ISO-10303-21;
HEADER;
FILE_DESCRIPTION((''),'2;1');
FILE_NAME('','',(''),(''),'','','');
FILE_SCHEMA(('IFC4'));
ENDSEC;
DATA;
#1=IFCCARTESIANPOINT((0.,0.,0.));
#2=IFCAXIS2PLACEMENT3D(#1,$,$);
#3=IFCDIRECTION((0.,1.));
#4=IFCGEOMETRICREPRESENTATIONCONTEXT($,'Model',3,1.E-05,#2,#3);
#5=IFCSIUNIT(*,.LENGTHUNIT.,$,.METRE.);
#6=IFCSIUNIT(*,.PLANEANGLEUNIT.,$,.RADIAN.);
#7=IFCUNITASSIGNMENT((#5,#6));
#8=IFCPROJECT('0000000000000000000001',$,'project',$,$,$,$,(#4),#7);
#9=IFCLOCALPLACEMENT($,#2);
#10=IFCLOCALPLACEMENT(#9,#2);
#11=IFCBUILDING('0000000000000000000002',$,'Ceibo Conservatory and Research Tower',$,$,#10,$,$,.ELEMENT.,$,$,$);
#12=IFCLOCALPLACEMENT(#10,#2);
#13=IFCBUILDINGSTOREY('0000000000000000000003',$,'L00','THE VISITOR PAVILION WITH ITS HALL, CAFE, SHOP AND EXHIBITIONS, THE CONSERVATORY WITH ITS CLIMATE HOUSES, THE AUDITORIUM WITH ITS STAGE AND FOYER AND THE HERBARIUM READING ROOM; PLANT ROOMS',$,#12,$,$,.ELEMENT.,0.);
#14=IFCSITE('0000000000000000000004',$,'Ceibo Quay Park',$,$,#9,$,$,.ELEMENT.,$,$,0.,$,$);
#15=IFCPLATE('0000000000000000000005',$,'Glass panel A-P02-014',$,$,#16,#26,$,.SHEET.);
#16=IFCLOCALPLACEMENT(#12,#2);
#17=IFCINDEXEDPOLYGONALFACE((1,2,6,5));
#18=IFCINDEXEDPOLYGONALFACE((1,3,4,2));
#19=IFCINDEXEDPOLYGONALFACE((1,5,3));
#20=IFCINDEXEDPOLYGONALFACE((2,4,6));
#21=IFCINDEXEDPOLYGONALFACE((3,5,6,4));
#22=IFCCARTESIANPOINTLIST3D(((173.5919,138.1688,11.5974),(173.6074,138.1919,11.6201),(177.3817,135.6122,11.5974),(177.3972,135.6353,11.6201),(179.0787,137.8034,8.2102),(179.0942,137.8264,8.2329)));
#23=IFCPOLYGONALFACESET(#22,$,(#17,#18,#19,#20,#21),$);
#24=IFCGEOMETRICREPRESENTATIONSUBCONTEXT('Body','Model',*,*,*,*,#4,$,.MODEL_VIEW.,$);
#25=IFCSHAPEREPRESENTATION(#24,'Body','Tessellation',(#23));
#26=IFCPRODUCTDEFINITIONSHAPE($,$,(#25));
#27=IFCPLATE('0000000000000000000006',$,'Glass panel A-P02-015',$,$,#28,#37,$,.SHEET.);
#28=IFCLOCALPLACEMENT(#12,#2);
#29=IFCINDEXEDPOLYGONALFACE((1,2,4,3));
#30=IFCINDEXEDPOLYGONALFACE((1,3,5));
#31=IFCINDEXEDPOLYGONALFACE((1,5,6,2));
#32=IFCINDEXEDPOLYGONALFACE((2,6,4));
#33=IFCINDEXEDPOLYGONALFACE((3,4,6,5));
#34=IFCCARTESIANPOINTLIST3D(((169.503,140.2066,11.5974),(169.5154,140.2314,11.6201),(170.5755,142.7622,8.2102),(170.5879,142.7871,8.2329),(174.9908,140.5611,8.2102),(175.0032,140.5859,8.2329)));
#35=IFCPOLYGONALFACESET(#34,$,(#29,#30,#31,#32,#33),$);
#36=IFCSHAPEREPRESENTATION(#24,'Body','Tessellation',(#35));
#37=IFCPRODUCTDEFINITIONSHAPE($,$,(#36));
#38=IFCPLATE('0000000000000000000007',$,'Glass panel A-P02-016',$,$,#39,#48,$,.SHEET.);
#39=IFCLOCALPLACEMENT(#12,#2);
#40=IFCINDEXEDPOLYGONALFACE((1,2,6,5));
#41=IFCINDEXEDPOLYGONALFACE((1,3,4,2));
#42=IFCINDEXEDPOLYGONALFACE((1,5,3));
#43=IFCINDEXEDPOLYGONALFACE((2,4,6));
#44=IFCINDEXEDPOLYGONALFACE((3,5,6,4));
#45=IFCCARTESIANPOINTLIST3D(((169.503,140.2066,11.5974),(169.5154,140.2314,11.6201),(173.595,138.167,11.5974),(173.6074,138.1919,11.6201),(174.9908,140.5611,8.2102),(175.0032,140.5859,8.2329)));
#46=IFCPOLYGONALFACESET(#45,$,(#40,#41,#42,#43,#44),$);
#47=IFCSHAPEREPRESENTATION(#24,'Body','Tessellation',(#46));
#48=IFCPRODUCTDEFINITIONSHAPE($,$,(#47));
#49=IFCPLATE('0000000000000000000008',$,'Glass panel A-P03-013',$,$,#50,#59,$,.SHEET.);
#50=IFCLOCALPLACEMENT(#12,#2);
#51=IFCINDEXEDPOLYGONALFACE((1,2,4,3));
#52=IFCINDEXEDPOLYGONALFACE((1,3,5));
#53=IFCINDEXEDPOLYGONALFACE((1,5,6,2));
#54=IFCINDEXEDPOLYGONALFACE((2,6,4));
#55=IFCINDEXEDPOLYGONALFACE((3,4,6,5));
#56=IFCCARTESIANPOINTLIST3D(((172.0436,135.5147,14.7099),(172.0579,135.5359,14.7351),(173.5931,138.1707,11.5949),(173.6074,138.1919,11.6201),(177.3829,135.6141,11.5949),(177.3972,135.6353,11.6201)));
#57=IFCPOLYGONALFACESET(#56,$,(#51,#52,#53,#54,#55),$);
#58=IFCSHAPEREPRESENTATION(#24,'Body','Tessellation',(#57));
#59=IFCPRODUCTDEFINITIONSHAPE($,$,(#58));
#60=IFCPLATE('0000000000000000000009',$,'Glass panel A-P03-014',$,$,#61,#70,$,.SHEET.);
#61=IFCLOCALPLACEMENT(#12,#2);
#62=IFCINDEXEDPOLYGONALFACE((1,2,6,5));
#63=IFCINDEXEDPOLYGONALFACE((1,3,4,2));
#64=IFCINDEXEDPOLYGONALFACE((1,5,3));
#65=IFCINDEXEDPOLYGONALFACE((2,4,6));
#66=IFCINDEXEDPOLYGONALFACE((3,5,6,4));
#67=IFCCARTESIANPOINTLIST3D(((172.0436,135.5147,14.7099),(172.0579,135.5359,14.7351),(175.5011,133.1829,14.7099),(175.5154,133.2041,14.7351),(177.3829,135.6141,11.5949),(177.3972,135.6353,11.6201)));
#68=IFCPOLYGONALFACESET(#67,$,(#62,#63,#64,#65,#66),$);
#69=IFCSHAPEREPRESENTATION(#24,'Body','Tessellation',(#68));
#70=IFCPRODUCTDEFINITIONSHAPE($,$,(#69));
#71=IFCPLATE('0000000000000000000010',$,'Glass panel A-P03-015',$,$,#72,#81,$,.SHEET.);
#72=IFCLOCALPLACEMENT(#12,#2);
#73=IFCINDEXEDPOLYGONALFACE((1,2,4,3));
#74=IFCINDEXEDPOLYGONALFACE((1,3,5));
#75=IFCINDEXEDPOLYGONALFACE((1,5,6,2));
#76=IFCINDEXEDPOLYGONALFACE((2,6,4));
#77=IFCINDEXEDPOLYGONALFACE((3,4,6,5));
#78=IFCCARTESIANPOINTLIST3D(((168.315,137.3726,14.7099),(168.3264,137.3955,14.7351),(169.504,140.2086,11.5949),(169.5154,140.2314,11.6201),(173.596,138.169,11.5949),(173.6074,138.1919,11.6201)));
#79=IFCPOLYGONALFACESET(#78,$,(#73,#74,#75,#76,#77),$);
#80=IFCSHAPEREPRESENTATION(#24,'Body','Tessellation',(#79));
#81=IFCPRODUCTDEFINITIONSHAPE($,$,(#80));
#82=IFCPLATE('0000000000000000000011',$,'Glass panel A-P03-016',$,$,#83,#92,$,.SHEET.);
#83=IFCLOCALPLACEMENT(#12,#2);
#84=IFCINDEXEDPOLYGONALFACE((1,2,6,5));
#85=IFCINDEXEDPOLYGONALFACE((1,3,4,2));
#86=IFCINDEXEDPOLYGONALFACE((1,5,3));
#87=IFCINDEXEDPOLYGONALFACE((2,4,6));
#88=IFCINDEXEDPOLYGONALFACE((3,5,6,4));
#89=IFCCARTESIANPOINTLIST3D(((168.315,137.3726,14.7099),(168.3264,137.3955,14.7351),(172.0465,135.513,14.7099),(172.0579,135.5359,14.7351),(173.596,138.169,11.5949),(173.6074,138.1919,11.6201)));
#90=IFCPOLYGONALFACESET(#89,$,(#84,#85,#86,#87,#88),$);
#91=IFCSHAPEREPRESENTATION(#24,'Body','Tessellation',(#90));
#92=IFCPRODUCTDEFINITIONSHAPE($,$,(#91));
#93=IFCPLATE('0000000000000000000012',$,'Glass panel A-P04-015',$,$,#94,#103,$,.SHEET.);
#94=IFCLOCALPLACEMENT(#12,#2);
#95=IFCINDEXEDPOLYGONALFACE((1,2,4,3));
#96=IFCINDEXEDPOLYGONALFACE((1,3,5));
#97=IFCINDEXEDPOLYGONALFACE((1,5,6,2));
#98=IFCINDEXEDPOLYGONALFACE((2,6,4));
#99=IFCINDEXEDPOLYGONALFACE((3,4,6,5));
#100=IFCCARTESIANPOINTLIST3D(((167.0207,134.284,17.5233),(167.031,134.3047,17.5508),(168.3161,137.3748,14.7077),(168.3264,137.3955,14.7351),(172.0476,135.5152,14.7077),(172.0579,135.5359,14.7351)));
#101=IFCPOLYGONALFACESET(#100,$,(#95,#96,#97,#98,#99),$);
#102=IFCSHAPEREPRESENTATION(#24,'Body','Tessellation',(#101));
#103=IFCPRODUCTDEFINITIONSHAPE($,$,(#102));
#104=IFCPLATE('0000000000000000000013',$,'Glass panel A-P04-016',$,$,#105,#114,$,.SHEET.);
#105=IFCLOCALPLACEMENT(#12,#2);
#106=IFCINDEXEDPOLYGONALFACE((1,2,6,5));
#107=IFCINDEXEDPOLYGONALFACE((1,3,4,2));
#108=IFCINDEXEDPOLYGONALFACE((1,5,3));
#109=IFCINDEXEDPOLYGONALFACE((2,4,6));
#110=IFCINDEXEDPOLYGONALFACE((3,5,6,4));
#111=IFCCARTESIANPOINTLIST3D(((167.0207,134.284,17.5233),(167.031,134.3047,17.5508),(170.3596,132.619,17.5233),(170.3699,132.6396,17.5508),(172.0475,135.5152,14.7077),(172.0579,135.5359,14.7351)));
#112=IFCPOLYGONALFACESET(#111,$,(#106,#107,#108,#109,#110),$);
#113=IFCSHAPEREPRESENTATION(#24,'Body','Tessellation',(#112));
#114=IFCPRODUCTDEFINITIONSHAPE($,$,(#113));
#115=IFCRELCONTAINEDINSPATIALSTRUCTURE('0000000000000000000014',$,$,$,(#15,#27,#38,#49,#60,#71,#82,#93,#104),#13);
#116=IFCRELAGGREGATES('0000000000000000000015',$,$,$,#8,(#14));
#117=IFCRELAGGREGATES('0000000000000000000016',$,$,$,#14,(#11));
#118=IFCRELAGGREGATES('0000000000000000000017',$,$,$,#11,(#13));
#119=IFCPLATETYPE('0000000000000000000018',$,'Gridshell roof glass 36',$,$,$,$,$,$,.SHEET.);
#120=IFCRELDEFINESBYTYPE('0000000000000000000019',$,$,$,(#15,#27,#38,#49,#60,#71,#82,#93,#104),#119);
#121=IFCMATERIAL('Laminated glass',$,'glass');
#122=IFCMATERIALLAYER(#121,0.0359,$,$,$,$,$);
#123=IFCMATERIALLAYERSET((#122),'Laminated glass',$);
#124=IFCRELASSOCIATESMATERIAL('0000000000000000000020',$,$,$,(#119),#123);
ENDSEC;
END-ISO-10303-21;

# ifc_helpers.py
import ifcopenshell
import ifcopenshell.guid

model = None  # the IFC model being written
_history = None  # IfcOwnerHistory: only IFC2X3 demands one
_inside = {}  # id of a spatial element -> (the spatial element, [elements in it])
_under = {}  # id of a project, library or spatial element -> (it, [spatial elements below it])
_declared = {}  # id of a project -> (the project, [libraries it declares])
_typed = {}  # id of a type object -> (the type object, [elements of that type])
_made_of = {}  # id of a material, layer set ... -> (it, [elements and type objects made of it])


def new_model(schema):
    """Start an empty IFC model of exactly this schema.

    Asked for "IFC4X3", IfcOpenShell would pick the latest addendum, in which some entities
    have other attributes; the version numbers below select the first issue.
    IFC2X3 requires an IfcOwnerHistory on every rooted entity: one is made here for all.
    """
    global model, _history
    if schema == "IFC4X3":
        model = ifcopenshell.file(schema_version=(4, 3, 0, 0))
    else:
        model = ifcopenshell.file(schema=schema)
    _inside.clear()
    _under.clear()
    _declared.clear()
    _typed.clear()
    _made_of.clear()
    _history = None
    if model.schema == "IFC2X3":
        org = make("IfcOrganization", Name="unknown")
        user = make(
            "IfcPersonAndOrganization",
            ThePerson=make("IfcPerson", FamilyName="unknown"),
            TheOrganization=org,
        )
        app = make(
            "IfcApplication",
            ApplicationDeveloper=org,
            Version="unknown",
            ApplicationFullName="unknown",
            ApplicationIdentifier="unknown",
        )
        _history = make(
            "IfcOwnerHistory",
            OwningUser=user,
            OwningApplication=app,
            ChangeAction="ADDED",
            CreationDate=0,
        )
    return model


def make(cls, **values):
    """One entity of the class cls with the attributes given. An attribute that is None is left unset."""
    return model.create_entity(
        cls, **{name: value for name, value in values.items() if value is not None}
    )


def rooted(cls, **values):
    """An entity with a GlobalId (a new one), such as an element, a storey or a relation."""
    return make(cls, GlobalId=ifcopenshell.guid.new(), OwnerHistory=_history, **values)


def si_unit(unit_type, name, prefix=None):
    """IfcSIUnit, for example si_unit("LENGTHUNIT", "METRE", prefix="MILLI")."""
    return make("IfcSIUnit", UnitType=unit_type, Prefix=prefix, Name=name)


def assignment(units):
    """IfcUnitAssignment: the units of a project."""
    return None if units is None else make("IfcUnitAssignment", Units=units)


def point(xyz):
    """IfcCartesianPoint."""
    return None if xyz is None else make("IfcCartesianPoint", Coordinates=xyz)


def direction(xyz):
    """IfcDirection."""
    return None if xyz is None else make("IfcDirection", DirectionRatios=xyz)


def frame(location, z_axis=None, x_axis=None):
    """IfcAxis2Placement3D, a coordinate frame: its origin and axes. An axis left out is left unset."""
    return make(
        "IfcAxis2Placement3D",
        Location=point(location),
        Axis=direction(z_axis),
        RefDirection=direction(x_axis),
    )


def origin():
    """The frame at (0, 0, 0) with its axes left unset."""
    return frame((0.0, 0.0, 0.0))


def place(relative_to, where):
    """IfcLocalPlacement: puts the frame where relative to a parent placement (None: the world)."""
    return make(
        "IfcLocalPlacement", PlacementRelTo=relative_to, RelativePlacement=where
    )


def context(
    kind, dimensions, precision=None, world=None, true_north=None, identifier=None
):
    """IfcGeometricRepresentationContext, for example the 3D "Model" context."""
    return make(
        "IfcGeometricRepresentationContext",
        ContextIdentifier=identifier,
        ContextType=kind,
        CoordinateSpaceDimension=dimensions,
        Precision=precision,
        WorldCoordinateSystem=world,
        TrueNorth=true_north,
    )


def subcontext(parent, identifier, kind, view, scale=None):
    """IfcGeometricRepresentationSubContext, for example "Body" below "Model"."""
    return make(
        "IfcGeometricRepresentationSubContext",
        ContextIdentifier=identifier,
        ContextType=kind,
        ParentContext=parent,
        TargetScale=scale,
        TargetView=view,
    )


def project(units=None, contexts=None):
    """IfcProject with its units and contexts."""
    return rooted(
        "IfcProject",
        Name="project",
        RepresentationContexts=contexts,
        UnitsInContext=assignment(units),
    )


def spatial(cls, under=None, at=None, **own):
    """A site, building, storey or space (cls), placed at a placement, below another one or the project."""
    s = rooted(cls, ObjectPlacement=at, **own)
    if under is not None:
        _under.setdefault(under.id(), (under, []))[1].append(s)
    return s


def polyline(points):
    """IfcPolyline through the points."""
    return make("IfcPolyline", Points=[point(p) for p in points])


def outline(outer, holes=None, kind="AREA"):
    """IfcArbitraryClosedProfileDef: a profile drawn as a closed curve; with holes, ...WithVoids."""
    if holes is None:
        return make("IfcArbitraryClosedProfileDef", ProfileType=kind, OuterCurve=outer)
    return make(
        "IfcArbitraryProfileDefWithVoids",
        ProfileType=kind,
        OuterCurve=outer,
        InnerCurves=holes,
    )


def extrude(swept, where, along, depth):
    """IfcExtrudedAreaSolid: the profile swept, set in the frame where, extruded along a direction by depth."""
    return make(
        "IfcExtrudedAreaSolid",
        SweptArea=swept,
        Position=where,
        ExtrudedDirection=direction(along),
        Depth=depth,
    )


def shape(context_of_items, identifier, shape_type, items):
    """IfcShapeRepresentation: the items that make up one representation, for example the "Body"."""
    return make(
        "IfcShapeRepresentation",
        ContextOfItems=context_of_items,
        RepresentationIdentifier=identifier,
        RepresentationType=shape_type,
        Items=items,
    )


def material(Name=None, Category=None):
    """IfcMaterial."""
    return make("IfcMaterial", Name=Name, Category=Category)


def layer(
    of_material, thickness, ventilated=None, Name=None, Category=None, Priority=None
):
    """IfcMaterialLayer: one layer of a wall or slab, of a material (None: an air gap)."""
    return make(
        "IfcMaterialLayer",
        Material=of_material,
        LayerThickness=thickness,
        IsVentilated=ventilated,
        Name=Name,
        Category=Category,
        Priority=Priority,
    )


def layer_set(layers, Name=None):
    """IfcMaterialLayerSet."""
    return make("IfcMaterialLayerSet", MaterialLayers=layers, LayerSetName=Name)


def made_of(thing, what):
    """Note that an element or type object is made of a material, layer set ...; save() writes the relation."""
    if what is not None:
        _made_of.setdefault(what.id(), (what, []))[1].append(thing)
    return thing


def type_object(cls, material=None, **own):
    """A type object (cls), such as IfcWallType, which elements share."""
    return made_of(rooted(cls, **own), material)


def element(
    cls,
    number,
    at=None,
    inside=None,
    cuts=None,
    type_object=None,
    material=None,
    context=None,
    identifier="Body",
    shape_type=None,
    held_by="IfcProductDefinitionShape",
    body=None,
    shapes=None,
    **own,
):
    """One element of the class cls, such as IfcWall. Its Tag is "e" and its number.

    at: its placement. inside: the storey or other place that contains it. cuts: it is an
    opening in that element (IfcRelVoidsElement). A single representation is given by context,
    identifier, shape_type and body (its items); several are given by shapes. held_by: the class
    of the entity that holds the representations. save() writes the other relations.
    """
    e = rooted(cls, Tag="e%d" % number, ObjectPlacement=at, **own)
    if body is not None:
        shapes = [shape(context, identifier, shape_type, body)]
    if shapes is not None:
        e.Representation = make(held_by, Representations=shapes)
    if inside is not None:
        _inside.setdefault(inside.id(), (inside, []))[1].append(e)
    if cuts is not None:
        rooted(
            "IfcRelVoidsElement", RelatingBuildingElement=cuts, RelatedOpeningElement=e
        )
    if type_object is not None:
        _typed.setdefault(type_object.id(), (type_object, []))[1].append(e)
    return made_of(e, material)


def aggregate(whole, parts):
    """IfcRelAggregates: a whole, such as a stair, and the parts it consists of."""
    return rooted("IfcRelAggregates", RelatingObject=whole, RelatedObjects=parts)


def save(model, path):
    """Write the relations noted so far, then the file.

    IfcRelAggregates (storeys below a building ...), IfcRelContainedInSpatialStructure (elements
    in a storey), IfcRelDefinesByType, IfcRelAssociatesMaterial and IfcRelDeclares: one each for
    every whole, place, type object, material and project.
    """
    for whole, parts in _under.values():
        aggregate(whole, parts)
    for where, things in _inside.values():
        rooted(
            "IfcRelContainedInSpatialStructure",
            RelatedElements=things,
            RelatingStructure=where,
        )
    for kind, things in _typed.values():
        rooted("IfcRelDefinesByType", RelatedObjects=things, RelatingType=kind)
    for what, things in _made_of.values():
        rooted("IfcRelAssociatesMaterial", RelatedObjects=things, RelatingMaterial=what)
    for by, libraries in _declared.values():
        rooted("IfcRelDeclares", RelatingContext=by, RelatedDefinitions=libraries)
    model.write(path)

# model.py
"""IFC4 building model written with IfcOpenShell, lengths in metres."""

from ifc_helpers import new_model, si_unit, direction, frame, origin, place, context, subcontext, project, spatial, polyline, outline, extrude, material, layer, layer_set, type_object, element, save


model = new_model("IFC4")

# Units and contexts
model_context = context("Model", 3, precision=1e-05, world=origin(), true_north=direction((0.0, 1.0)))
body_context = subcontext(model_context, "Body", "Model", "MODEL_VIEW")
ifc_project = project(units=[si_unit("LENGTHUNIT", "METRE"), si_unit("PLANEANGLEUNIT", "RADIAN")], contexts=[model_context])

# Site, building, storey
site_placement = place(None, origin())
site = spatial("IfcSite", under=ifc_project, at=site_placement, Name="Ceibo Quay Park", CompositionType="ELEMENT", RefElevation=0.0)
building_placement = place(site_placement, origin())
building = spatial("IfcBuilding", under=site, at=building_placement, Name="Ceibo Conservatory and Research Tower", CompositionType="ELEMENT")
storey_placement = place(building_placement, origin())
storey = spatial("IfcBuildingStorey", under=building, at=storey_placement, Name="L00", Description="THE VISITOR PAVILION WITH ITS HALL, CAFE, SHOP AND EXHIBITIONS, THE CONSERVATORY WITH ITS CLIMATE HOUSES, THE AUDITORIUM WITH ITS STAGE AND FOYER AND THE HERBARIUM READING ROOM; PLANT ROOMS", CompositionType="ELEMENT", Elevation=0.0)

# Plates
ifc_material_1 = material(Name="Laminated glass", Category="glass")
ifc_layer = layer(ifc_material_1, 0.0359)
ifc_layer_set = layer_set([ifc_layer], Name="Laminated glass")
plate_type = type_object("IfcPlateType", Name="Gridshell roof glass 36", PredefinedType="SHEET", material=ifc_layer_set)
plate_1_placement = place(storey_placement, frame((179.0942, 137.8264, 8.2329), z_axis=(0.433202, 0.642149, 0.63244), x_axis=(-0.849553, 0.056589, 0.524459)))
element("IfcPlate", 1, at=plate_1_placement, inside=storey, type_object=plate_type, Name="Glass panel A-P02-014", PredefinedType="SHEET", context=body_context, shape_type="SweptSolid", body=[
    extrude(outline(polyline([(0.0, 0.0), (6.4585, 0.0), (3.0942, 3.0952), (0.0, 0.0)])), origin(), (0.0, 0.0, -1.0), 0.0359),
])
plate_2_placement = place(storey_placement, frame((175.0032, 140.5859, 8.2329), z_axis=(0.345594, 0.693219, 0.632465), x_axis=(-0.894951, 0.446164, 0.0)))
element("IfcPlate", 2, at=plate_2_placement, inside=storey, type_object=plate_type, Name="Glass panel A-P02-015", PredefinedType="SHEET", context=body_context, shape_type="SweptSolid", body=[
    extrude(outline(polyline([(0.0, 0.0), (4.9335, 0.0), (4.7531, 4.3729), (0.0, 0.0)])), origin(), (0.0, 0.0, -1.0), 0.0359),
])
plate_3_placement = place(storey_placement, frame((175.0032, 140.5859, 8.2329), z_axis=(0.345552, 0.693296, 0.632404), x_axis=(-0.849676, -0.054886, 0.524442)))
element("IfcPlate", 3, at=plate_3_placement, inside=storey, type_object=plate_type, Name="Glass panel A-P02-016", PredefinedType="SHEET", context=body_context, shape_type="SweptSolid", body=[
    extrude(outline(polyline([(0.0, 0.0), (6.4587, 0.0), (3.0937, 3.0954), (0.0, 0.0)])), origin(), (0.0, 0.0, -1.0), 0.0359),
])
plate_4_placement = place(storey_placement, frame((177.3972, 135.6353, 11.6201), z_axis=(0.398418, 0.590588, 0.701761), x_axis=(-0.828998, 0.559252, 0.0)))
element("IfcPlate", 4, at=plate_4_placement, inside=storey, type_object=plate_type, Name="Glass panel A-P03-013", PredefinedType="SHEET", context=body_context, shape_type="SweptSolid", body=[
    extrude(outline(polyline([(0.0, 0.0), (4.5715, 0.0), (4.3707, 4.3725), (0.0, 0.0)])), origin(), (0.0, 0.0, -1.0), 0.0359),
])
plate_5_placement = place(storey_placement, frame((177.3972, 135.6353, 11.6201), z_axis=(0.398375, 0.590701, 0.701691), x_axis=(-0.863642, -0.016072, 0.50385)))
element("IfcPlate", 5, at=plate_5_placement, inside=storey, type_object=plate_type, Name="Glass panel A-P03-014", PredefinedType="SHEET", context=body_context, shape_type="SweptSolid", body=[
    extrude(outline(polyline([(0.0, 0.0), (6.1824, 0.0), (3.2338, 2.9492), (0.0, 0.0)])), origin(), (0.0, 0.0, -1.0), 0.0359),
])
plate_6_placement = place(storey_placement, frame((173.6074, 138.1919, 11.6201), z_axis=(0.317789, 0.637594, 0.701773), x_axis=(-0.894992, 0.446081, 0.0)))
element("IfcPlate", 6, at=plate_6_placement, inside=storey, type_object=plate_type, Name="Glass panel A-P03-015", PredefinedType="SHEET", context=body_context, shape_type="SweptSolid", body=[
    extrude(outline(polyline([(0.0, 0.0), (4.5722, 0.0), (4.3712, 4.3725), (0.0, 0.0)])), origin(), (0.0, 0.0, -1.0), 0.0359),
])
plate_7_placement = place(storey_placement, frame((173.6074, 138.1919, 11.6201), z_axis=(0.317771, 0.637627, 0.70175), x_axis=(-0.854151, -0.128808, 0.503819)))
element("IfcPlate", 7, at=plate_7_placement, inside=storey, type_object=plate_type, Name="Glass panel A-P03-016", PredefinedType="SHEET", context=body_context, shape_type="SweptSolid", body=[
    extrude(outline(polyline([(0.0, 0.0), (6.1828, 0.0), (3.2351, 2.9484), (0.0, 0.0)])), origin(), (0.0, 0.0, -1.0), 0.0359),
])
plate_8_placement = place(storey_placement, frame((172.0579, 135.5359, 14.7351), z_axis=(0.287286, 0.576457, 0.76496), x_axis=(-0.895012, 0.446042, 0.0)))
element("IfcPlate", 8, at=plate_8_placement, inside=storey, type_object=plate_type, Name="Glass panel A-P04-015", PredefinedType="SHEET", context=body_context, shape_type="SweptSolid", body=[
    extrude(outline(polyline([(0.0, 0.0), (4.1692, 0.0), (3.9499, 4.3716), (0.0, 0.0)])), origin(), (0.0, 0.0, -1.0), 0.0359),
])
plate_9_placement = place(storey_placement, frame((172.0579, 135.5359, 14.7351), z_axis=(0.287382, 0.576282, 0.765056), x_axis=(-0.853197, -0.208969, 0.477898)))
element("IfcPlate", 9, at=plate_9_placement, inside=storey, type_object=plate_type, Name="Glass panel A-P04-016", PredefinedType="SHEET", context=body_context, shape_type="SweptSolid", body=[
    extrude(outline(polyline([(0.0, 0.0), (5.8918, 0.0), (3.391, 2.7689), (0.0, 0.0)])), origin(), (0.0, 0.0, -1.0), 0.0359),
])

save(model, "model.ifc")
